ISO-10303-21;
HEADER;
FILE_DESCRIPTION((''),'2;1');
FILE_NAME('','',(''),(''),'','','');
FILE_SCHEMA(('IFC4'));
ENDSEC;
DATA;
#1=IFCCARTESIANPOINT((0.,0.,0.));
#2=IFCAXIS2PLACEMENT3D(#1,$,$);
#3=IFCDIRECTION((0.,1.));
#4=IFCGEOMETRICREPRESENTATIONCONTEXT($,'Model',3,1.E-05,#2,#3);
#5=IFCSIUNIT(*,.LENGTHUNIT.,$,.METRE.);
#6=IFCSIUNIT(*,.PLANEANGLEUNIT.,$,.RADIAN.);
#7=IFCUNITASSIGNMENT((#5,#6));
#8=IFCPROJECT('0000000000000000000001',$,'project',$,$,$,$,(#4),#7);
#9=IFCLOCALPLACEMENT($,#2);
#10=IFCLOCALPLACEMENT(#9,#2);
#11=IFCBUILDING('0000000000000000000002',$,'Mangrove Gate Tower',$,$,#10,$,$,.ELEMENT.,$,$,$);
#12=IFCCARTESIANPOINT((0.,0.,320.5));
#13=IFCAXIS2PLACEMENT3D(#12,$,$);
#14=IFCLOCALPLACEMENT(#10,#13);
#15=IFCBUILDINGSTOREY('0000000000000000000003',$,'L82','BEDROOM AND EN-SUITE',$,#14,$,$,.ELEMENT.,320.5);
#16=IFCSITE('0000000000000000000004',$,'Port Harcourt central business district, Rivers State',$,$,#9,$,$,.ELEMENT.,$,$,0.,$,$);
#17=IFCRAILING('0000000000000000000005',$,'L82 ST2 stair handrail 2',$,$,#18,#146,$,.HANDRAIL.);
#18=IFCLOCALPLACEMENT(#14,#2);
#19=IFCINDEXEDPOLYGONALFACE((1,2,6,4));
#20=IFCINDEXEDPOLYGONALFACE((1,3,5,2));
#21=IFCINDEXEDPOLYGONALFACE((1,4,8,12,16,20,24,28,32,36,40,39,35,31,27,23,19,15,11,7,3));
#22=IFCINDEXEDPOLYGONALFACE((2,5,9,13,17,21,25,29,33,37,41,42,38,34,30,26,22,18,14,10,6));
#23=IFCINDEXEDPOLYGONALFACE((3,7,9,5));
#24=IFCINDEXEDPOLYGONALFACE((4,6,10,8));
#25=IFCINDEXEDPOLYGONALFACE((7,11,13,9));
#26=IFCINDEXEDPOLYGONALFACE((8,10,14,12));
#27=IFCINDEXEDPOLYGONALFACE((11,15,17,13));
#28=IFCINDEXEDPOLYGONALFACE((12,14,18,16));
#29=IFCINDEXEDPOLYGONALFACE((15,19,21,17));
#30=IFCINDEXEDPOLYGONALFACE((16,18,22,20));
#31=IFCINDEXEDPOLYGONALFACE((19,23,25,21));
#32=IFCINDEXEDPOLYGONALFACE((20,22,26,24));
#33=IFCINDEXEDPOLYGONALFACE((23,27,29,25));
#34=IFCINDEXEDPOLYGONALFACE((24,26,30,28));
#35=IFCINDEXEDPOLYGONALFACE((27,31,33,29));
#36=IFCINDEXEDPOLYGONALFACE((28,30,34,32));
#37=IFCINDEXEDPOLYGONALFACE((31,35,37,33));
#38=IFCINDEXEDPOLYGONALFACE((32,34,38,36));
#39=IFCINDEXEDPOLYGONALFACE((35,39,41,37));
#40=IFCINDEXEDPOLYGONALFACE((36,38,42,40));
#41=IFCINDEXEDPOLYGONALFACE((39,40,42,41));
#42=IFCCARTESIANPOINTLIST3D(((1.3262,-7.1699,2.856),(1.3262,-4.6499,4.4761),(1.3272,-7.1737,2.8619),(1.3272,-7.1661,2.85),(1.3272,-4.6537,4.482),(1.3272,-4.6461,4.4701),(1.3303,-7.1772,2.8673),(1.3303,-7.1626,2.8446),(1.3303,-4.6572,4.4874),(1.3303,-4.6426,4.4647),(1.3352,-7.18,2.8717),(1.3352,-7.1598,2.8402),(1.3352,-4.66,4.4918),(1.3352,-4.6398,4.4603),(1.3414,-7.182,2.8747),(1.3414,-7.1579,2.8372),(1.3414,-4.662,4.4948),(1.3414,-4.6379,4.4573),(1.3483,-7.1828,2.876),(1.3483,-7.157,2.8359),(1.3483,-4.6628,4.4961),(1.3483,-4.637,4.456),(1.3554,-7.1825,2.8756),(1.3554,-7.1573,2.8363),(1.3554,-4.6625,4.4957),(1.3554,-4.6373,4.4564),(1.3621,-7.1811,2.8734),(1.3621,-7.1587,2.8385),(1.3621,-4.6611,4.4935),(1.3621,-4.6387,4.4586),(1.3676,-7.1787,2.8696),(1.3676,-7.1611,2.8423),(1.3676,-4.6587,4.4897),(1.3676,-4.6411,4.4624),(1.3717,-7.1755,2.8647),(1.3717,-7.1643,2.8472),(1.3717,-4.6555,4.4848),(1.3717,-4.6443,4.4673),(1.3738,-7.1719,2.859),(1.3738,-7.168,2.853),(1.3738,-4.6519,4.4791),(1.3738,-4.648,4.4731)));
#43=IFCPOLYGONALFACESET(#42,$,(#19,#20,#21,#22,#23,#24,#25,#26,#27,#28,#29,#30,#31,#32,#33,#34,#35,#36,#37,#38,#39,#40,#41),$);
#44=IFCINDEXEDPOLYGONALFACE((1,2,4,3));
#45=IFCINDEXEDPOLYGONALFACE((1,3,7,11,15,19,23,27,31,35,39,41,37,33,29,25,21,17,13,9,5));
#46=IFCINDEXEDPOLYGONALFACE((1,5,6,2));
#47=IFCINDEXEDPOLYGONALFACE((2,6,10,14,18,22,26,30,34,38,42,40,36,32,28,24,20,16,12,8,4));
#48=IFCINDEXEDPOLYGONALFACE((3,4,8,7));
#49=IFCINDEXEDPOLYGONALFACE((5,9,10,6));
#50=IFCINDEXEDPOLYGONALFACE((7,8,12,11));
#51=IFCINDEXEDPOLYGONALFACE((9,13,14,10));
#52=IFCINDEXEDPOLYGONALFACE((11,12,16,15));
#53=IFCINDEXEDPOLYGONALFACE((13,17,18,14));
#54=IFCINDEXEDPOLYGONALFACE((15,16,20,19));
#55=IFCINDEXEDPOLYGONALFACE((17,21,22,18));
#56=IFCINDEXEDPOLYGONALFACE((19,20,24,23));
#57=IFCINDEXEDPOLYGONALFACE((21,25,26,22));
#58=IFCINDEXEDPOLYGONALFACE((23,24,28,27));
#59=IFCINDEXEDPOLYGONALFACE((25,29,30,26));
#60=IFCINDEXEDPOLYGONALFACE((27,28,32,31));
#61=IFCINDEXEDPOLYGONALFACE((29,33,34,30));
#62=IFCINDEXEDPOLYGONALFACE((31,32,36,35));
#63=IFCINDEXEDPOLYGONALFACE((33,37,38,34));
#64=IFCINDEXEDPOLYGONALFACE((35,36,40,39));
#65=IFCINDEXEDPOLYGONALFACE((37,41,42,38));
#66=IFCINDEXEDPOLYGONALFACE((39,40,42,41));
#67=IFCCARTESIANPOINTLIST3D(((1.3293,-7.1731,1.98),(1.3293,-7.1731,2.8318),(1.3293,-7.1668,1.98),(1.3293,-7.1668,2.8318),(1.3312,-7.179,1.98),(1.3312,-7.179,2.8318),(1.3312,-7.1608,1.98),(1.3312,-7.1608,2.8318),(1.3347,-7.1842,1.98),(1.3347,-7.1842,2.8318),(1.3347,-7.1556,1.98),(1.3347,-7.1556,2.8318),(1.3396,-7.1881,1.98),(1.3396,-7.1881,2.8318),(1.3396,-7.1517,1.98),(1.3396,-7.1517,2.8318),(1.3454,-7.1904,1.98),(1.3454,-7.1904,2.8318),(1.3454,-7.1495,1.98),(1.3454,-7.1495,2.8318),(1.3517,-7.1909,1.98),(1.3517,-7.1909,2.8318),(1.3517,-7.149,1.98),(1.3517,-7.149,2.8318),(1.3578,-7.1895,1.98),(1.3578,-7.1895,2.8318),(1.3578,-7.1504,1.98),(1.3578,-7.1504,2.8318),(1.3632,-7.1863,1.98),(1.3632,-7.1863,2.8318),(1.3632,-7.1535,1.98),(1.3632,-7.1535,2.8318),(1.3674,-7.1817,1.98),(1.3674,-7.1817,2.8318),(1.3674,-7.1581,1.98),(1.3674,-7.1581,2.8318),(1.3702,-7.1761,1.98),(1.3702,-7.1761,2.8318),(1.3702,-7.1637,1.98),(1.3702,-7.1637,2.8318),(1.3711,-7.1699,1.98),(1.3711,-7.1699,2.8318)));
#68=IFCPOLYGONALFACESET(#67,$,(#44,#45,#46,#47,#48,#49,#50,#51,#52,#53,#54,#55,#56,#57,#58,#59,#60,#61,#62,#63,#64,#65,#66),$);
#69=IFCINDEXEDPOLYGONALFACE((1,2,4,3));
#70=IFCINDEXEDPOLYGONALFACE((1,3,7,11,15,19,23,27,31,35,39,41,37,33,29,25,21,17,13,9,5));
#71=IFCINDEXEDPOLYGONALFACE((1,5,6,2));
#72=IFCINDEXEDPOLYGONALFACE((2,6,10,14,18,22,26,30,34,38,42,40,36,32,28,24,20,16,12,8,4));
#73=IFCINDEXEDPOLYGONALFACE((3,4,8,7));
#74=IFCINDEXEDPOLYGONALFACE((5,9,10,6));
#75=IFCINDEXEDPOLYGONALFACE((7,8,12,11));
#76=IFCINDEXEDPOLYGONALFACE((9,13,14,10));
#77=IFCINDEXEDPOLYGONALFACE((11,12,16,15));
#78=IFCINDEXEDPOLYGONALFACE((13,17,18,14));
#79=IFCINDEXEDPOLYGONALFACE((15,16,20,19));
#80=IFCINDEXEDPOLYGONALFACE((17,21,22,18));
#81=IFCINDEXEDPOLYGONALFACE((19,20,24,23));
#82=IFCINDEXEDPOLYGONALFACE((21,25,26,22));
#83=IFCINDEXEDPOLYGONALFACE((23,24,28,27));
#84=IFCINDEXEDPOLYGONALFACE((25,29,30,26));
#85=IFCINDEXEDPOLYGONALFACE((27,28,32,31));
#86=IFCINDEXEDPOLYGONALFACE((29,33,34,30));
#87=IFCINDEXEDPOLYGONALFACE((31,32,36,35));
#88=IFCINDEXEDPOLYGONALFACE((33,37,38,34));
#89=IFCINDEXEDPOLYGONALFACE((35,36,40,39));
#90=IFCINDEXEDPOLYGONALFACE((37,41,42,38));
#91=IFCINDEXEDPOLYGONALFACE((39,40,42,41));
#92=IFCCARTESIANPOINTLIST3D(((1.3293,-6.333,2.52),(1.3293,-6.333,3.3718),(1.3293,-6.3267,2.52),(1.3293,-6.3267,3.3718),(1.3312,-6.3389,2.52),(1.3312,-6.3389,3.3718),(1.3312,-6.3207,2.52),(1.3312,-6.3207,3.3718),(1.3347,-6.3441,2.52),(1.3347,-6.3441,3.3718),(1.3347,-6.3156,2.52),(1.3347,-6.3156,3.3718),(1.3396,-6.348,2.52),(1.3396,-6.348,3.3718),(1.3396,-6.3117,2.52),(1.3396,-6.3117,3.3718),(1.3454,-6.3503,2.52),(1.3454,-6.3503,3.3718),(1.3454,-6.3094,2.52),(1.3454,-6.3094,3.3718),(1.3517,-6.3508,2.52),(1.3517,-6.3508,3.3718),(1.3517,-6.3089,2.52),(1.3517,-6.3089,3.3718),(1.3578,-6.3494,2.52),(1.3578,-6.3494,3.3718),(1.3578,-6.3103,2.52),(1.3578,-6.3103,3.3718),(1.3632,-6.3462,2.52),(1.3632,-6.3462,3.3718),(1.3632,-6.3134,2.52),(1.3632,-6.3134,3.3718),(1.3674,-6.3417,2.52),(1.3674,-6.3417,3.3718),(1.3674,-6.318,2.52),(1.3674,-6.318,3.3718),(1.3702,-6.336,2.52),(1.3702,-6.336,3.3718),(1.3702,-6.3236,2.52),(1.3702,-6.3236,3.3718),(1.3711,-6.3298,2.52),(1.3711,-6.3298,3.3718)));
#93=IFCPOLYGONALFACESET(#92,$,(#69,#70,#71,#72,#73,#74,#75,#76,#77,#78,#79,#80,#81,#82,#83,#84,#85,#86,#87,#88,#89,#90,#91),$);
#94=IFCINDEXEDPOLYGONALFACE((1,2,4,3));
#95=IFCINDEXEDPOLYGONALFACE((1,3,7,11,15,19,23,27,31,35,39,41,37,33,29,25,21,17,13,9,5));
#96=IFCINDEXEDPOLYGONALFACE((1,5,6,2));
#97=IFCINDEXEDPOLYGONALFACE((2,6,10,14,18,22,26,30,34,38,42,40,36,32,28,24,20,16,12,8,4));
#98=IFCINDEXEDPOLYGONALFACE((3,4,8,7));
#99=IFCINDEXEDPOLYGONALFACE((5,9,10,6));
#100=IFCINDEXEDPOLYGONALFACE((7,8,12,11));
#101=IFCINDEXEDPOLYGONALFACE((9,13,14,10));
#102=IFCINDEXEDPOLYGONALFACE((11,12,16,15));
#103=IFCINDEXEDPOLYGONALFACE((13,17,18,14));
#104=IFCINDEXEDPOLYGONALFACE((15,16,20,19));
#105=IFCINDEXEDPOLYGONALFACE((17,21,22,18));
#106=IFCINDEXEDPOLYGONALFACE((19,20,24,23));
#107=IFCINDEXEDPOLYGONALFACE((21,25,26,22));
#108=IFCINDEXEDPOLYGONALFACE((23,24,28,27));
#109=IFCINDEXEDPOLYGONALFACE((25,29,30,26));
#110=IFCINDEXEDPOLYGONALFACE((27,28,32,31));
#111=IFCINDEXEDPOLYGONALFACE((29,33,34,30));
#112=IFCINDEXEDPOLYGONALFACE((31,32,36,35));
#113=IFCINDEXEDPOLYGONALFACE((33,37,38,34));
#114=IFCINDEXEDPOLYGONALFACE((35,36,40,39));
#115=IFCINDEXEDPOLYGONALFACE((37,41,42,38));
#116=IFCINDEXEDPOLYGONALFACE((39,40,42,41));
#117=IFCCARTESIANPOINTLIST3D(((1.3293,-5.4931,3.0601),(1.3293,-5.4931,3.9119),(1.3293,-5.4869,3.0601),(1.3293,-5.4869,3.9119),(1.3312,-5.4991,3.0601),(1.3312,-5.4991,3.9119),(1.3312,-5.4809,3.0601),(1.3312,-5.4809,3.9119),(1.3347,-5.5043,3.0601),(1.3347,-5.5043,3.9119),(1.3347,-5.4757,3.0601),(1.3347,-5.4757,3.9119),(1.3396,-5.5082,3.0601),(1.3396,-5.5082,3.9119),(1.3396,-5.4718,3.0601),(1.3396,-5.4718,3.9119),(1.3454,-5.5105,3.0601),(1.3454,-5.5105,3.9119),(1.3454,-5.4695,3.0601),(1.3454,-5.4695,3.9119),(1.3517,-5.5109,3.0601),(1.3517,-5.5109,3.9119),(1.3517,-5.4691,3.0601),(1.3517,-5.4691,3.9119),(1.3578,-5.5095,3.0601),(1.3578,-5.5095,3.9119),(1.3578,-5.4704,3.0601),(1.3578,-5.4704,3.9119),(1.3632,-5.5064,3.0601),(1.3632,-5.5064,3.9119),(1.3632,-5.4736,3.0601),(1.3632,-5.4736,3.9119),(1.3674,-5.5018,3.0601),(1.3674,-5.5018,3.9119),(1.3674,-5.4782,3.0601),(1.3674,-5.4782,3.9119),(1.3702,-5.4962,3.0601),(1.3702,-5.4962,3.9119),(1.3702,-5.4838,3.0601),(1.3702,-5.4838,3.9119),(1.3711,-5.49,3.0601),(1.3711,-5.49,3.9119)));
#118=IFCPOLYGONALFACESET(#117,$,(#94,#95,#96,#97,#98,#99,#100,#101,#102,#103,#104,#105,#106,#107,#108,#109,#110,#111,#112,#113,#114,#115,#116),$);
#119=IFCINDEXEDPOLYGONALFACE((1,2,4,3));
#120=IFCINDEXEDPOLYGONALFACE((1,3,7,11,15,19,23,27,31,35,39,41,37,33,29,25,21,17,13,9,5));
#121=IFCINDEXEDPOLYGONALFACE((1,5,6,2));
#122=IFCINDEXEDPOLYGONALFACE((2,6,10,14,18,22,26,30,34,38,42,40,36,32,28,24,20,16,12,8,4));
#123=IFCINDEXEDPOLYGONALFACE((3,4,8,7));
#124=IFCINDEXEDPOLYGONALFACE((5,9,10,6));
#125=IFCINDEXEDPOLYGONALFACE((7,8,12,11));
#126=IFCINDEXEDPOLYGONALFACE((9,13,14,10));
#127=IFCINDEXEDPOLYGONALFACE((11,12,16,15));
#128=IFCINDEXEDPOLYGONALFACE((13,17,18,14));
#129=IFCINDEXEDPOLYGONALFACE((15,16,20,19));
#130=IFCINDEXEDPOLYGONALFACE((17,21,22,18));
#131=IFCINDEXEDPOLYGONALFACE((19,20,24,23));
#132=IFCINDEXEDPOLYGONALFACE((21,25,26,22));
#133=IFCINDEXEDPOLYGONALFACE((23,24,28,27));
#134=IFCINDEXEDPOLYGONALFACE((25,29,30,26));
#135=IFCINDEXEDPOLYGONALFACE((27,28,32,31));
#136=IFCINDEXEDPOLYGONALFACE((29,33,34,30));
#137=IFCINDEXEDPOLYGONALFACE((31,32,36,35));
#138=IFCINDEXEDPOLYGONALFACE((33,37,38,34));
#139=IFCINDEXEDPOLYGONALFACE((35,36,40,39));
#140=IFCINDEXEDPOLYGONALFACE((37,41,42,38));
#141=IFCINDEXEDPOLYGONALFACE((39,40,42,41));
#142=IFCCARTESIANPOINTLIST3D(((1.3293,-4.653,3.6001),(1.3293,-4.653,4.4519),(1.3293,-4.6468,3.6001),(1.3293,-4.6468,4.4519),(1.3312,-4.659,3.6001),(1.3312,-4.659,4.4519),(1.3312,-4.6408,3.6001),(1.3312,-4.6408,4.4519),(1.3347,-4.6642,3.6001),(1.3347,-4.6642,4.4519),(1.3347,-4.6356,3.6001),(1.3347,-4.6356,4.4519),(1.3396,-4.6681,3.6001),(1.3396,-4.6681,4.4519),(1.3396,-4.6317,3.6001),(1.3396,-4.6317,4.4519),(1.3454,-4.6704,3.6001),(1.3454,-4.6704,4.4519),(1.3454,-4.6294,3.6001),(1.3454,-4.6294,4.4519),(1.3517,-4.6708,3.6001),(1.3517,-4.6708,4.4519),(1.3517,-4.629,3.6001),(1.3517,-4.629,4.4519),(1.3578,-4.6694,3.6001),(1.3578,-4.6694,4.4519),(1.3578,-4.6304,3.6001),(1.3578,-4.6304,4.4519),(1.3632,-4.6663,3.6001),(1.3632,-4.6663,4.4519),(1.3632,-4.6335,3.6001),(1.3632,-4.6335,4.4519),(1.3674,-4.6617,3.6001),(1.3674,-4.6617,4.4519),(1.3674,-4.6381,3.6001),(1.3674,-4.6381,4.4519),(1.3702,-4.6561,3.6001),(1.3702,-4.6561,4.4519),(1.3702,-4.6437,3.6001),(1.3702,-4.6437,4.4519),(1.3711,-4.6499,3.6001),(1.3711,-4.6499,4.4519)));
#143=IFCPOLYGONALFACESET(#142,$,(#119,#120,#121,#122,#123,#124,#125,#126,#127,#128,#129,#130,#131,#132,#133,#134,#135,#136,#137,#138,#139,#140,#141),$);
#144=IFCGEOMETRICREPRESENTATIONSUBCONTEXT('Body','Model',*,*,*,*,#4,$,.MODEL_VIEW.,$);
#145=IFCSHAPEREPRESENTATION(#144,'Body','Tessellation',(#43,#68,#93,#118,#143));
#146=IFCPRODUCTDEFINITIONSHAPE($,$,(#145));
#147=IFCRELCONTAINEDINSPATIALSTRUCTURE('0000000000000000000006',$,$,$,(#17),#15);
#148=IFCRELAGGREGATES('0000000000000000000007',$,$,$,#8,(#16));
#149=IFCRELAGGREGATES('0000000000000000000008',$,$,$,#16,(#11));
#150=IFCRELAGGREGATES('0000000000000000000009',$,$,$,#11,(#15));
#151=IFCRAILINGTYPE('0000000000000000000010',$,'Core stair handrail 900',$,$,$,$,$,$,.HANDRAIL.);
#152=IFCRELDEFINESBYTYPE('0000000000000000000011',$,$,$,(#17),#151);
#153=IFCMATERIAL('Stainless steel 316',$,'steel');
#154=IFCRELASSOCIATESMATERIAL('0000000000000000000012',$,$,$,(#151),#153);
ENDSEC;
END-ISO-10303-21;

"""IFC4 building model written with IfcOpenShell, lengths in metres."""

from ifc_helpers import new_model, si_unit, direction, frame, origin, origin_2d, place, context, subcontext, project, spatial, circle, extrude, material, type_object, element, save


model = new_model("IFC4")

# Units and contexts
model_context = context("Model", 3, precision=1e-05, world=origin(), true_north=direction((0.0, 1.0)))
body_context = subcontext(model_context, "Body", "Model", "MODEL_VIEW")
ifc_project = project(units=[si_unit("LENGTHUNIT", "METRE"), si_unit("PLANEANGLEUNIT", "RADIAN")], contexts=[model_context])

# Site, building, storey
site_placement = place(None, origin())
site = spatial("IfcSite", under=ifc_project, at=site_placement, Name="Port Harcourt central business district, Rivers State", CompositionType="ELEMENT", RefElevation=0.0)
building_placement = place(site_placement, origin())
building = spatial("IfcBuilding", under=site, at=building_placement, Name="Mangrove Gate Tower", CompositionType="ELEMENT")
storey_placement = place(building_placement, frame((0.0, 0.0, 320.5)))
storey = spatial("IfcBuildingStorey", under=building, at=storey_placement, Name="L82", Description="BEDROOM AND EN-SUITE", CompositionType="ELEMENT", Elevation=320.5)

# Railing
ifc_material_1 = material(Name="Stainless steel 316", Category="steel")
railing_type_1 = type_object("IfcRailingType", Name="Core stair handrail 900", PredefinedType="HANDRAIL", material=ifc_material_1)
railing_1_placement = place(storey_placement, frame((1.3501, -7.1699, 1.98)))
element("IfcRailing", 1, at=railing_1_placement, inside=storey, type_object=railing_type_1, Name="L82 ST2 stair handrail 2", PredefinedType="HANDRAIL", context=body_context, shape_type="SweptSolid", body=[
    extrude(circle(Radius=0.0239, at=origin_2d()), frame((0.0, 0.0, 0.876), z_axis=(0.0, 0.841163, 0.540782), x_axis=(-1.0, 0.0, 0.0)), (0.0, 0.0, 1.0), 2.9958),
    extrude(circle(Radius=0.021, at=origin_2d()), origin(), (0.0, 0.0, 1.0), 0.8518),
    extrude(circle(Radius=0.021, at=origin_2d()), frame((0.0, 0.8401, 0.54)), (0.0, 0.0, 1.0), 0.8518),
    extrude(circle(Radius=0.021, at=origin_2d()), frame((0.0, 1.6799, 1.0801)), (0.0, 0.0, 1.0), 0.8518),
    extrude(circle(Radius=0.021, at=origin_2d()), frame((0.0, 2.52, 1.6201)), (0.0, 0.0, 1.0), 0.8518),
])

save(model, "model.ifc")
